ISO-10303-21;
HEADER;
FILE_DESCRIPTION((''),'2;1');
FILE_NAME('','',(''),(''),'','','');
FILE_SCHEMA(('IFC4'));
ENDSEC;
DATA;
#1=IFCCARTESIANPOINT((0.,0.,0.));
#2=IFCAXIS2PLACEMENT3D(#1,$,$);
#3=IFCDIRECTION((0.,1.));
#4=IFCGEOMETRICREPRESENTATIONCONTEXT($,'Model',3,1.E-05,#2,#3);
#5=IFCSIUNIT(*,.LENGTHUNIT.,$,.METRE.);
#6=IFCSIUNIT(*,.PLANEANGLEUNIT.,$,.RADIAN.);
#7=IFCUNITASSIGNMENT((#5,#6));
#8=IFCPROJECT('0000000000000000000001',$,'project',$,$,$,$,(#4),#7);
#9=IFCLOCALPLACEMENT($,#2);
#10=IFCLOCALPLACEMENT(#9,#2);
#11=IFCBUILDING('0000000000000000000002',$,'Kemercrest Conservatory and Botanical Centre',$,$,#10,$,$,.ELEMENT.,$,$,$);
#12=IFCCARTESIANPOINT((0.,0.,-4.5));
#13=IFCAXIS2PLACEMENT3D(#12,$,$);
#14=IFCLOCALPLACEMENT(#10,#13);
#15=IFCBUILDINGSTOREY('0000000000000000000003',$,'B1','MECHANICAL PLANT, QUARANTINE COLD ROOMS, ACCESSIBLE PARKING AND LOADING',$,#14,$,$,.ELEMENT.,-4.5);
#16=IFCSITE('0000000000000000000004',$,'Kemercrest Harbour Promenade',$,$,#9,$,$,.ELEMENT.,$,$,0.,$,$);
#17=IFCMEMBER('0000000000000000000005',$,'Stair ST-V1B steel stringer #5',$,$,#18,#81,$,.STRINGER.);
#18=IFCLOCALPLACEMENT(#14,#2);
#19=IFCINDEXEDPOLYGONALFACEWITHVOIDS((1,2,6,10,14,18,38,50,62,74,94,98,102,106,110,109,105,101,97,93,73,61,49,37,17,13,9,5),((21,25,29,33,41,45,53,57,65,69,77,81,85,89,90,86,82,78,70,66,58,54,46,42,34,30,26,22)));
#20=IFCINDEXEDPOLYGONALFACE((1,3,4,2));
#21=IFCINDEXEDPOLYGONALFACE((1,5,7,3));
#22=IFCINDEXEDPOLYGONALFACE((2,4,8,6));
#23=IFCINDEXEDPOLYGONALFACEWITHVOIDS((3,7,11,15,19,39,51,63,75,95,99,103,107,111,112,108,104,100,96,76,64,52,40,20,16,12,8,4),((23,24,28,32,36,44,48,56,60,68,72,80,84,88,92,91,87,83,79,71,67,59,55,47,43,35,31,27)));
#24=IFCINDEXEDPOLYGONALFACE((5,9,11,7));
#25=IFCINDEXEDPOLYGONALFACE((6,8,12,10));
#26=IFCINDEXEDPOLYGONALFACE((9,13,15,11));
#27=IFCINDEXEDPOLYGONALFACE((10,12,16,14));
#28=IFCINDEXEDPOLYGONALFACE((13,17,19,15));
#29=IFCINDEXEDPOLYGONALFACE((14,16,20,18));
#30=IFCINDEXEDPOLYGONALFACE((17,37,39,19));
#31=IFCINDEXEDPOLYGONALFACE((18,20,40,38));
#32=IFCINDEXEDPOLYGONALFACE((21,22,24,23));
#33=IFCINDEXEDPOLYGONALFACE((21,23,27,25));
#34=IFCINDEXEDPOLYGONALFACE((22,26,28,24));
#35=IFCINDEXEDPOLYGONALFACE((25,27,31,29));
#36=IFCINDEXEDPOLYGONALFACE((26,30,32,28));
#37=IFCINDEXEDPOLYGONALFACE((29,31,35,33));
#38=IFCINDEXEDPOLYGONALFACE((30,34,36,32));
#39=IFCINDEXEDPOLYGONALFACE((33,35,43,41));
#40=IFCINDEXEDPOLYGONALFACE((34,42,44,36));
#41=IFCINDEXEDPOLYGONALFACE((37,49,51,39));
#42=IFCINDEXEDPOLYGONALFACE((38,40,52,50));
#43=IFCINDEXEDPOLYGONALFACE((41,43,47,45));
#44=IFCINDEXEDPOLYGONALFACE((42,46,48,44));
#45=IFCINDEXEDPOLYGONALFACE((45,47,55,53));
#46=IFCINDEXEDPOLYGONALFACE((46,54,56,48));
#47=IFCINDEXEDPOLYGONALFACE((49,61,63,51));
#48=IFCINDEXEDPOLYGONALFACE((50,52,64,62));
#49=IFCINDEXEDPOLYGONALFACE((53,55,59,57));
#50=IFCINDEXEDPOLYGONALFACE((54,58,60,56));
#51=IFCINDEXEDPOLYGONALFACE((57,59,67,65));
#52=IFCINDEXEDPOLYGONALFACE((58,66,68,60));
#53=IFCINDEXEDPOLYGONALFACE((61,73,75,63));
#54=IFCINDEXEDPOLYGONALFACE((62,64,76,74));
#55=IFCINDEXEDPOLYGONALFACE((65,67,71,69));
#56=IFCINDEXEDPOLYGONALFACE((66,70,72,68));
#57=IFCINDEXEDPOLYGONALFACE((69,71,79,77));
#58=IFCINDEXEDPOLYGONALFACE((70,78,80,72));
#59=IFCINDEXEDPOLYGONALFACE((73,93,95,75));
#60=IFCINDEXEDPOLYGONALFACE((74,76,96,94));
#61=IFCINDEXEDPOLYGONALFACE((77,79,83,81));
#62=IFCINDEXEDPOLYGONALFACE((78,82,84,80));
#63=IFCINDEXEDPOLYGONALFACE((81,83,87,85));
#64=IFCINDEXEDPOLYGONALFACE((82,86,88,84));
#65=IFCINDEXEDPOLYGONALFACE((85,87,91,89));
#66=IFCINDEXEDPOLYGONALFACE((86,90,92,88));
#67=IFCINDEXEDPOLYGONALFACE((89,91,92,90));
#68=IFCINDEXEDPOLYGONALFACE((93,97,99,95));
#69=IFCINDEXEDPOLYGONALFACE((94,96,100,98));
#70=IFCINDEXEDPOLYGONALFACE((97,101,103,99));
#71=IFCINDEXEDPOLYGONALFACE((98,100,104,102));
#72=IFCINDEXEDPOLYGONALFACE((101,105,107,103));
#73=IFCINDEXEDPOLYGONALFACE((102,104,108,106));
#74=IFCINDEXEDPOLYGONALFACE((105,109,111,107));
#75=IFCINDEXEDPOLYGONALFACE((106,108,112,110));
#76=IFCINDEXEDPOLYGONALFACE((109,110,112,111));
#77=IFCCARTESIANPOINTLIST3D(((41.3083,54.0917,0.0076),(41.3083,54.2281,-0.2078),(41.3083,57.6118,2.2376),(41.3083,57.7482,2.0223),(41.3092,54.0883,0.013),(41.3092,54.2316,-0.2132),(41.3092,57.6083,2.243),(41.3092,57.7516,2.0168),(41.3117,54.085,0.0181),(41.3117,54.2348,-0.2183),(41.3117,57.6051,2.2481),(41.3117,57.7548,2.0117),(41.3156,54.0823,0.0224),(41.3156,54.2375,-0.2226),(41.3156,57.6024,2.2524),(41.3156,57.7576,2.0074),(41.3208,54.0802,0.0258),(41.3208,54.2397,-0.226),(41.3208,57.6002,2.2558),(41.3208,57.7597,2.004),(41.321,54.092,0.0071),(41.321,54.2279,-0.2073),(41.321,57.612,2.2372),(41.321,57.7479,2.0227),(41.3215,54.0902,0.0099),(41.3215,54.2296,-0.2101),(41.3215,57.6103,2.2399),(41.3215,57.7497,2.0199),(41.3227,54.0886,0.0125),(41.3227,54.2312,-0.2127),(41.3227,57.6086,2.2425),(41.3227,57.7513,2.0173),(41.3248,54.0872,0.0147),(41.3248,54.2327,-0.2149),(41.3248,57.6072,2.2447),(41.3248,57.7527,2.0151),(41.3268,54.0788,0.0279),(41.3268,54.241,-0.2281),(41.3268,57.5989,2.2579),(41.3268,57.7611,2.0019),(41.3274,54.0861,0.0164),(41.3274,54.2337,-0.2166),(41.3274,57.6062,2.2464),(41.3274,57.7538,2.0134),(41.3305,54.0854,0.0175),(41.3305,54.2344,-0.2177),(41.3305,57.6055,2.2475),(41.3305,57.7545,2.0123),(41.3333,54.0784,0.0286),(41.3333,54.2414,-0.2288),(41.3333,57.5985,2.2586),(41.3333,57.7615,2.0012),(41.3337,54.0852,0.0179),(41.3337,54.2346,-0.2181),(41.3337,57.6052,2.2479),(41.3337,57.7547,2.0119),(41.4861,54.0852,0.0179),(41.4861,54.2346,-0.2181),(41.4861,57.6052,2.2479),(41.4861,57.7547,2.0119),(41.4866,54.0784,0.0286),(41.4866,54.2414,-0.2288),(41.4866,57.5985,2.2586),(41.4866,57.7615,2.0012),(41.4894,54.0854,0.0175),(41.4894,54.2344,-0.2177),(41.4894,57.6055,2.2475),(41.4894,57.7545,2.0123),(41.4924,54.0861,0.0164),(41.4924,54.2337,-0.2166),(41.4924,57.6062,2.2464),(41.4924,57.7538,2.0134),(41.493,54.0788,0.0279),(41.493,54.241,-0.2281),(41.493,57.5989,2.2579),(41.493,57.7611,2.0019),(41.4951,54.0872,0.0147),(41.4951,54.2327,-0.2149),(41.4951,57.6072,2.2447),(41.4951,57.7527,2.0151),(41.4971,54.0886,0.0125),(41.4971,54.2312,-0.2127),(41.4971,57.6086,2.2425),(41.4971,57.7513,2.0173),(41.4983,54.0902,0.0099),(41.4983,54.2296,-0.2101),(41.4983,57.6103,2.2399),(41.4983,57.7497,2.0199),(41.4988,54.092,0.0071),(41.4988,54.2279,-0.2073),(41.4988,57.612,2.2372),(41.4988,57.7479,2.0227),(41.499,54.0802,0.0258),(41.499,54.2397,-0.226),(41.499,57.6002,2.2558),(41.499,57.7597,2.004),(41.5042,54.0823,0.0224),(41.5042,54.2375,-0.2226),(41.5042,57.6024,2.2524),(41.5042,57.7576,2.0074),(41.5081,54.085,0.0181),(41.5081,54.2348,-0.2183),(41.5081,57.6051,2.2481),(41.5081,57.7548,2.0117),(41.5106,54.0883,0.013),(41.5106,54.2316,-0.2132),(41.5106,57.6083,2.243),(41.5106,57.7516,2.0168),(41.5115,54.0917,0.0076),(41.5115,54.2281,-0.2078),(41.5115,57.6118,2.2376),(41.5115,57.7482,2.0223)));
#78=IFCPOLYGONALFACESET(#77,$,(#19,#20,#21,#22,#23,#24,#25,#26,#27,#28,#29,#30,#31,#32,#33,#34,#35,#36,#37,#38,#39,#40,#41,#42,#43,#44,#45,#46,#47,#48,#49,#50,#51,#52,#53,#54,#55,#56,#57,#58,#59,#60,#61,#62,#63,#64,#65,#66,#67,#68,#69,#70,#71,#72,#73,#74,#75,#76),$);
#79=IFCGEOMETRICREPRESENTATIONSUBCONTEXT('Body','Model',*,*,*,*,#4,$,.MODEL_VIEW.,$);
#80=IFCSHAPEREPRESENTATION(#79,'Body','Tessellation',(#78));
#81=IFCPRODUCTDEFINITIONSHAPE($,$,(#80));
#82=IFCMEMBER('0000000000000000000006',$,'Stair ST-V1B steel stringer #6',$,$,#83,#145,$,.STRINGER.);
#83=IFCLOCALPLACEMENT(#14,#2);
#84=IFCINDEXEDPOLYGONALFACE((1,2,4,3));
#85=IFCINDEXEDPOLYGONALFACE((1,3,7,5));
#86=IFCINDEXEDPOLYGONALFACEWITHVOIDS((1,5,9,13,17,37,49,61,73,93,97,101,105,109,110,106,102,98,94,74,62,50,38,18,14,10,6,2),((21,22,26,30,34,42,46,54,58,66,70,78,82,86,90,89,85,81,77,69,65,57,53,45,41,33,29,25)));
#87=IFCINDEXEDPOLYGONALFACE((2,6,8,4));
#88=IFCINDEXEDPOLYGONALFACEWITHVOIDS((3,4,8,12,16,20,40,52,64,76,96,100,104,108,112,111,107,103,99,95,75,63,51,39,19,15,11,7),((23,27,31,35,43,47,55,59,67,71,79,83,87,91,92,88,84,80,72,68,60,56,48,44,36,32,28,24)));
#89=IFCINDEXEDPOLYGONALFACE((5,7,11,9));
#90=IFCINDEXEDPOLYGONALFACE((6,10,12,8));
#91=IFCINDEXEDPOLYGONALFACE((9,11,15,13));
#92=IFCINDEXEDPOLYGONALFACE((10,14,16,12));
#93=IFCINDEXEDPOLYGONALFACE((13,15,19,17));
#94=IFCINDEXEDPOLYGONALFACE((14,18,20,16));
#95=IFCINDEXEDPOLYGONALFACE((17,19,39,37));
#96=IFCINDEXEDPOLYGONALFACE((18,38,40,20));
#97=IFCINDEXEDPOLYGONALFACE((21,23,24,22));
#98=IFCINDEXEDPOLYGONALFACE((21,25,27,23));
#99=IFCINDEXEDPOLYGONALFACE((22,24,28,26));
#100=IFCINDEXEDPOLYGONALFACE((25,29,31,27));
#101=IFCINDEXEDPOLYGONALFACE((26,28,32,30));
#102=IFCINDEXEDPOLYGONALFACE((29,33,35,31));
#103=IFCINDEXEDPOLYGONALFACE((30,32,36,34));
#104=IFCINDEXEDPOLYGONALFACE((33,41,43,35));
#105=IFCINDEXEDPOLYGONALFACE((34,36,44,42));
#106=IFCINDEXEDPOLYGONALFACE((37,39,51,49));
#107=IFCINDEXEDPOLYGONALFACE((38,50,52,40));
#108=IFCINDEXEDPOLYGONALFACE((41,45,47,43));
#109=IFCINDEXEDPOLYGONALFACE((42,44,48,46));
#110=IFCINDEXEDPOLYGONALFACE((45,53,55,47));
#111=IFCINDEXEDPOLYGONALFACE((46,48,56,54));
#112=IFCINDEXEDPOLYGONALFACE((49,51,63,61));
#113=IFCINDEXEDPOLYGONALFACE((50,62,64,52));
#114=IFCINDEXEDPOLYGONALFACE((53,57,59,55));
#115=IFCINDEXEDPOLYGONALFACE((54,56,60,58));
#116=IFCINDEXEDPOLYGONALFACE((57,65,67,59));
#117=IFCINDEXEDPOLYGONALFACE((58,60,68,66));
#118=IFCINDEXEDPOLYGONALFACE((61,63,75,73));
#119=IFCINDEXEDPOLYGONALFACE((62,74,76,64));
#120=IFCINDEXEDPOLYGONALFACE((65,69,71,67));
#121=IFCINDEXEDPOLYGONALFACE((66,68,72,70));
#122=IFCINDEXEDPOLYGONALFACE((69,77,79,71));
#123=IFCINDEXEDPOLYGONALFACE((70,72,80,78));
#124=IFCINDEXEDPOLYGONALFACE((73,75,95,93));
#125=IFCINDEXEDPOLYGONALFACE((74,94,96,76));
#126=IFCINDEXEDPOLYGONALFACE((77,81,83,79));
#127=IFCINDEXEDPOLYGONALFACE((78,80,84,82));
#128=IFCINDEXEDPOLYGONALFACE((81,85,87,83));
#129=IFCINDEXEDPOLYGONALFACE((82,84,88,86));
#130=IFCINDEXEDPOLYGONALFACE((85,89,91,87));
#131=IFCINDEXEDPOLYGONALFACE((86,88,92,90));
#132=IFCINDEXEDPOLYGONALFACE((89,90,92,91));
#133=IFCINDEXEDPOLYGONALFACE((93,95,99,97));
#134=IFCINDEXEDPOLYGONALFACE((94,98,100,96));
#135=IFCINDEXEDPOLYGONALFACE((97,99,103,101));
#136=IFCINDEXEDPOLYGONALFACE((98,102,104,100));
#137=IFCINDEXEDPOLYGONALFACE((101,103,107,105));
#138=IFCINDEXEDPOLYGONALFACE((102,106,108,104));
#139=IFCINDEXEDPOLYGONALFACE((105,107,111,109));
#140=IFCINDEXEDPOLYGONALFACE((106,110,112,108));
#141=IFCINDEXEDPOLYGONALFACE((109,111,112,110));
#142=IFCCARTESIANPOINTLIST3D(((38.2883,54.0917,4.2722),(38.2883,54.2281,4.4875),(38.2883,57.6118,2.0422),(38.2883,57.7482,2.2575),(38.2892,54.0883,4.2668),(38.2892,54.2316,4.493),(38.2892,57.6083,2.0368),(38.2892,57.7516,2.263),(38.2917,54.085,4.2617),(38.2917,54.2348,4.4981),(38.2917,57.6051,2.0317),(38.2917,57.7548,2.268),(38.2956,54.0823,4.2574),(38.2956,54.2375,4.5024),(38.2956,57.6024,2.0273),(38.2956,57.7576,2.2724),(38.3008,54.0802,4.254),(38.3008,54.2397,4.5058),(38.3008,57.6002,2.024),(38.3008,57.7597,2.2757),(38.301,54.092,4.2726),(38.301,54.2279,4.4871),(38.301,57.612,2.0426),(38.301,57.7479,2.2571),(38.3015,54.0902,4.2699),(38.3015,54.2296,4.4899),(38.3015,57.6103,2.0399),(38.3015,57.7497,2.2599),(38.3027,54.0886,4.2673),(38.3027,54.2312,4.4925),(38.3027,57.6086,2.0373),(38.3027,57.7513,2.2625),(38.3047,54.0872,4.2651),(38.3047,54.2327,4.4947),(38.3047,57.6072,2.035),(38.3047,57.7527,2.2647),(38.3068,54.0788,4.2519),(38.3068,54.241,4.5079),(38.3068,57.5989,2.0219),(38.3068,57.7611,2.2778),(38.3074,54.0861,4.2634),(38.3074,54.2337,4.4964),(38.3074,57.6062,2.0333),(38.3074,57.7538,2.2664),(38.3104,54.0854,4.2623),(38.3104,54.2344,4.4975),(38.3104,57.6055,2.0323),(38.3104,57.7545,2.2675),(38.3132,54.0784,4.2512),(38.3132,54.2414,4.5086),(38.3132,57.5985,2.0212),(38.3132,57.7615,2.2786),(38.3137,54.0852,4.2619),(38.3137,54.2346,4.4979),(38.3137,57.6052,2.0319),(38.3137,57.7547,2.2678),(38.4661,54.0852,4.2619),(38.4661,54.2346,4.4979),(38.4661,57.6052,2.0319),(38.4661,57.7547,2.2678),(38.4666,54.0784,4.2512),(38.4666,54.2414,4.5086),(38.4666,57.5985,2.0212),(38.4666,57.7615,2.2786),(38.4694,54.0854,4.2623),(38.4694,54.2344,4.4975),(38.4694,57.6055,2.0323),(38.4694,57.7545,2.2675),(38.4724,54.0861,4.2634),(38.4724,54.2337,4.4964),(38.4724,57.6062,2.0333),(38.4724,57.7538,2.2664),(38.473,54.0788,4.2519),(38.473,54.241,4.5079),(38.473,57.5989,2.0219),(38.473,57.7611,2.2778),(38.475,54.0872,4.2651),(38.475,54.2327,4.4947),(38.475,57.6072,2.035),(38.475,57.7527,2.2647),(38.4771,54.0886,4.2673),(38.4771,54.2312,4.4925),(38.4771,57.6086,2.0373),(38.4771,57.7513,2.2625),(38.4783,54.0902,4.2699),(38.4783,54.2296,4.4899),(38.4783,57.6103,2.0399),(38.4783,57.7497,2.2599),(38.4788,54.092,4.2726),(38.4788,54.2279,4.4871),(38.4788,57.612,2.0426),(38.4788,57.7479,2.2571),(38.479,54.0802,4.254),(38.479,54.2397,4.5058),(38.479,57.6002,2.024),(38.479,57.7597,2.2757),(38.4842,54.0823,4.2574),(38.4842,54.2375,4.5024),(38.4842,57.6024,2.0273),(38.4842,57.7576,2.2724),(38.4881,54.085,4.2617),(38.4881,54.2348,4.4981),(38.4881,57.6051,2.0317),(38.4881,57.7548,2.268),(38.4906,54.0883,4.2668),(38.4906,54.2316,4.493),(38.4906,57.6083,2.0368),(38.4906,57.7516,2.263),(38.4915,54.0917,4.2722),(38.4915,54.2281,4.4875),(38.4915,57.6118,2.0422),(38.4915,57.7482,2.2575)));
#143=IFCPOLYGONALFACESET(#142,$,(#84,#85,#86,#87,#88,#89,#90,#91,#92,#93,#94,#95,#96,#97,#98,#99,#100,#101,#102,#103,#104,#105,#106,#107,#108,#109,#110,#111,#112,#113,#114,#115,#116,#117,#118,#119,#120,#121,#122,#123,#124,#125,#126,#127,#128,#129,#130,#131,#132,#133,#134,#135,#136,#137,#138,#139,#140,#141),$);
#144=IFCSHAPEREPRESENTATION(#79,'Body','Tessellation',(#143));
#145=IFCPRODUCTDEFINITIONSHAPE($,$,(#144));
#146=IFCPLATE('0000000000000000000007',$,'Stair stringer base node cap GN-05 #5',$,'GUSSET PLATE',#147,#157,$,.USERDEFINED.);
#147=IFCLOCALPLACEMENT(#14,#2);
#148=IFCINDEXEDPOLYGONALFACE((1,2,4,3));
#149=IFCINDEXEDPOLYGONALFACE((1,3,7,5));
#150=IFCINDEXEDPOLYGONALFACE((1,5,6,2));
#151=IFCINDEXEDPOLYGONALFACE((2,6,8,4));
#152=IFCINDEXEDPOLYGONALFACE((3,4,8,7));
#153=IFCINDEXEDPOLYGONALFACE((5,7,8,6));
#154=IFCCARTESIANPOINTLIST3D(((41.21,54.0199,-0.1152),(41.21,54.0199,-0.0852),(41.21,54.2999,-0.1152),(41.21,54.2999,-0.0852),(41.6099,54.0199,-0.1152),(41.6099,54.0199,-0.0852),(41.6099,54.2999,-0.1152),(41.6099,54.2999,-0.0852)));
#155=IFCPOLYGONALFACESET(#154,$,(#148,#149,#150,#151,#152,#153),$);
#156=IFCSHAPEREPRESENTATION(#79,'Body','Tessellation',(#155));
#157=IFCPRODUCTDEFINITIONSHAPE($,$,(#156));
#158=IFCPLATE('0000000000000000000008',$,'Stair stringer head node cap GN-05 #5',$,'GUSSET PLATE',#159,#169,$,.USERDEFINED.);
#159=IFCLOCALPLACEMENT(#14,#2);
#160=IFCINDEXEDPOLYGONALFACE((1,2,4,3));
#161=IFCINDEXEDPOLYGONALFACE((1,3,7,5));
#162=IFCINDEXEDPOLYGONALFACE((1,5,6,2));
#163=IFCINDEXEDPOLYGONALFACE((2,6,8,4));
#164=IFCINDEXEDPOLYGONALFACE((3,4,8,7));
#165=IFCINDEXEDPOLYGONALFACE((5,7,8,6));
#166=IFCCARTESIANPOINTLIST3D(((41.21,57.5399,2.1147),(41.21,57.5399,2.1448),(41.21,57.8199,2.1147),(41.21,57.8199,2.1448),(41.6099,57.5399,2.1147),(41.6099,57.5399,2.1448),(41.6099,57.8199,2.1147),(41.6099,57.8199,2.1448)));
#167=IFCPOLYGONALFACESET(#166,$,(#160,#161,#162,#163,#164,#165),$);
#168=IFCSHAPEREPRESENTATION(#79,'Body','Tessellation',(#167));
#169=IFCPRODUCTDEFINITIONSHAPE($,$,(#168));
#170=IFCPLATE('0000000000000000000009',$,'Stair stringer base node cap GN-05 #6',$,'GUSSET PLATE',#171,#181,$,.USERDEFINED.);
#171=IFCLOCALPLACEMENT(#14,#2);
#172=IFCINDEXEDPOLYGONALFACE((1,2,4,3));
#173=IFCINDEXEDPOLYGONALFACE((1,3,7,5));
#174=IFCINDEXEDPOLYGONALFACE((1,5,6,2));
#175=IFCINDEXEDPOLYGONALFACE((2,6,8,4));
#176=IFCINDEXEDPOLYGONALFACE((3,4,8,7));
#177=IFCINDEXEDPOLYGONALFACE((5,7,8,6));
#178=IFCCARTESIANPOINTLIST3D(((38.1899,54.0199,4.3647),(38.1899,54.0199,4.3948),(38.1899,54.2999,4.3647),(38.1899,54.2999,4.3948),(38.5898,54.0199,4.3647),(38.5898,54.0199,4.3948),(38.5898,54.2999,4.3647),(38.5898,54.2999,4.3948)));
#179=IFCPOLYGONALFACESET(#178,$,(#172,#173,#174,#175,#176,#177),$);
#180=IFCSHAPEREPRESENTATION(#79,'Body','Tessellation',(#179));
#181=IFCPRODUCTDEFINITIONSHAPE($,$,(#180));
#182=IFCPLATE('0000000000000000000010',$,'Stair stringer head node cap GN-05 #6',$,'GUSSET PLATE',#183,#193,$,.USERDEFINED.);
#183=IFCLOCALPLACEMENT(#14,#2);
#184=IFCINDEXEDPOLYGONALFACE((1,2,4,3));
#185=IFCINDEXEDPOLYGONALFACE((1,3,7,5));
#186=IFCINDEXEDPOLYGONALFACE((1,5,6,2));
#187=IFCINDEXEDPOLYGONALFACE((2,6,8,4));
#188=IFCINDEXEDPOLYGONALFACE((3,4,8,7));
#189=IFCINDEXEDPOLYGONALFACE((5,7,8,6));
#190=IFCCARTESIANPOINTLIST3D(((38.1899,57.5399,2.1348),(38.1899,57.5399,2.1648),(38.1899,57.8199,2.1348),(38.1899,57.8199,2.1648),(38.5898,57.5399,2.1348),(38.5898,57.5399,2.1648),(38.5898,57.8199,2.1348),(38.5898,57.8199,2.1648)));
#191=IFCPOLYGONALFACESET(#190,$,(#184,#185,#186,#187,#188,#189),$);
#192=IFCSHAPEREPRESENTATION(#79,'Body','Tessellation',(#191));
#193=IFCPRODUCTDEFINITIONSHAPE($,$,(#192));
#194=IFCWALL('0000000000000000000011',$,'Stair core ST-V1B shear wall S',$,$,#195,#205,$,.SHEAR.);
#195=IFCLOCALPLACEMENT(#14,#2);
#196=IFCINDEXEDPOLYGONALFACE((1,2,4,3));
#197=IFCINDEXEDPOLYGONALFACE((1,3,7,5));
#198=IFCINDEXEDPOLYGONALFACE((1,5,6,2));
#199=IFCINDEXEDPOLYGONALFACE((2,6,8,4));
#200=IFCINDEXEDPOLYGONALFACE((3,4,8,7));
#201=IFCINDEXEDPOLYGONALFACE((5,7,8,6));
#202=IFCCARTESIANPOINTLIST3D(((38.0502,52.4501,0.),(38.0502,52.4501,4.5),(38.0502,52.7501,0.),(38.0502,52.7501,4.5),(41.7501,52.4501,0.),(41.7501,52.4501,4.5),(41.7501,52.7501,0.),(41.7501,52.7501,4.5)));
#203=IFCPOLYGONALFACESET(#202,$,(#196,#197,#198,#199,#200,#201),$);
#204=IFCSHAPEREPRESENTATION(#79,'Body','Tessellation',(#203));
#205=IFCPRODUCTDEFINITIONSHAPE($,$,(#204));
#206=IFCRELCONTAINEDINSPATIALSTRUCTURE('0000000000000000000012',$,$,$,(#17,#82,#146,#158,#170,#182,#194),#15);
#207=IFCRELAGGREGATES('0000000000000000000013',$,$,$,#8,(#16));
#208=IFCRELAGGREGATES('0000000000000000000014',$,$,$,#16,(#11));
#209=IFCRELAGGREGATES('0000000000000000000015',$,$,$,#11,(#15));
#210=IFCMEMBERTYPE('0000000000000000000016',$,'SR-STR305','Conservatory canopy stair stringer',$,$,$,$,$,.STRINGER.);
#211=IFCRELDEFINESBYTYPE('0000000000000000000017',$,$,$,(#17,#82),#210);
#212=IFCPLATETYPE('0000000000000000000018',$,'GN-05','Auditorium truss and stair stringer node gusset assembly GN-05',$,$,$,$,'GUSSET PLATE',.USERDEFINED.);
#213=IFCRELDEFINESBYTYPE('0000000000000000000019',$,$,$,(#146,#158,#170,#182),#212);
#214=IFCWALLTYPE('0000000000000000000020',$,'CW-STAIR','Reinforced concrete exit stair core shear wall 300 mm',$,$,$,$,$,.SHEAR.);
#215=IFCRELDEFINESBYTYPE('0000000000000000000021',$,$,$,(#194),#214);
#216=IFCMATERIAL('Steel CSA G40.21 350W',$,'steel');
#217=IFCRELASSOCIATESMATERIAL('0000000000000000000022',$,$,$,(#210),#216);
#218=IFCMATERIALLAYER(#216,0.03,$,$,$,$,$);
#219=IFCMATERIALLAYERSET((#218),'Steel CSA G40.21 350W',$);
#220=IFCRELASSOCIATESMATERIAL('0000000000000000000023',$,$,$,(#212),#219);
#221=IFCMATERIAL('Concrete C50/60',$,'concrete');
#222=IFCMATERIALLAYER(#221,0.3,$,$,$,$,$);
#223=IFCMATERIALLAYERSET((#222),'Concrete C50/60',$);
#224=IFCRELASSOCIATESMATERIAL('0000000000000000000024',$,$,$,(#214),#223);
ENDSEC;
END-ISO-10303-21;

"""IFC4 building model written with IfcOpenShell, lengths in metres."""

from ifc_helpers import new_model, si_unit, direction, frame, frame_2d, origin, origin_2d, place, context, subcontext, project, spatial, rectangle, hollow_rectangle, extrude, material, layer, layer_set, material_profile, profile_set, type_object, element, save


model = new_model("IFC4")

# Units and contexts
model_context = context("Model", 3, precision=1e-05, world=origin(), true_north=direction((0.0, 1.0)))
body_context = subcontext(model_context, "Body", "Model", "MODEL_VIEW")
ifc_project = project(units=[si_unit("LENGTHUNIT", "METRE"), si_unit("PLANEANGLEUNIT", "RADIAN")], contexts=[model_context])

# Site, building, storey
site_placement = place(None, origin())
site = spatial("IfcSite", under=ifc_project, at=site_placement, Name="Kemercrest Harbour Promenade", CompositionType="ELEMENT", RefElevation=0.0)
building_placement = place(site_placement, origin())
building = spatial("IfcBuilding", under=site, at=building_placement, Name="Kemercrest Conservatory and Botanical Centre", CompositionType="ELEMENT")
storey_placement = place(building_placement, frame((0.0, 0.0, -4.5)))
storey = spatial("IfcBuildingStorey", under=building, at=storey_placement, Name="B1", Description="MECHANICAL PLANT, QUARANTINE COLD ROOMS, ACCESSIBLE PARKING AND LOADING", CompositionType="ELEMENT", Elevation=-4.5)

# Shared definitions
ifc_material_1 = material(Name="Concrete C50/60", Category="concrete")

# Members
ifc_material_2 = material(Name="Steel CSA G40.21 350W", Category="steel")
ifc_material_profile_1 = material_profile(ifc_material_2, hollow_rectangle(XDim=0.2031, YDim=0.3047, WallThickness=0.0127, InnerFilletRadius=0.0127, OuterFilletRadius=0.0249, at=origin_2d()), Name="HSS 305x203x12.7")
ifc_profile_set_1 = profile_set([ifc_material_profile_1], Name="Steel CSA G40.21 350W")
member_type = type_object("IfcMemberType", Name="SR-STR305", Description="Conservatory canopy stair stringer", PredefinedType="STRINGER", material=ifc_profile_set_1)
for number, where, z_axis, x_axis, name in (
    (1, (41.4099, 54.1599, -0.1001), (0.0, 0.84475, 0.535161), (-1.0, 0.0, 0.0), "Stair ST-V1B steel stringer #5"),
    (2, (38.3899, 54.1599, 4.3799), (0.0, 0.84475, -0.535161), (-1.0, 0.0, 0.0), "Stair ST-V1B steel stringer #6"),
):
    element("IfcMember", number, at=place(storey_placement, frame(where, z_axis=z_axis, x_axis=x_axis)), inside=storey, type_object=member_type, Name=name, PredefinedType="STRINGER", context=body_context, shape_type="SweptSolid", body=[
        extrude(hollow_rectangle(XDim=0.2031, YDim=0.3047, WallThickness=0.0127, InnerFilletRadius=0.0127, OuterFilletRadius=0.0249, at=origin_2d()), origin(), (0.0, 0.0, 1.0), 4.167),
    ])

# Plates
ifc_layer_1 = layer(ifc_material_2, 0.03)
ifc_layer_set_1 = layer_set([ifc_layer_1], Name="Steel CSA G40.21 350W")
plate_type = type_object("IfcPlateType", Name="GN-05", Description="Auditorium truss and stair stringer node gusset assembly GN-05", ElementType="GUSSET PLATE", PredefinedType="USERDEFINED", material=ifc_layer_set_1)
for number, where, z_axis, x_axis, name in (
    (3, (41.4099, 54.1599, -0.1152), (0.0, 0.0, 1.0), (1.0, 0.0, 0.0), "Stair stringer base node cap GN-05 #5"),
    (4, (41.4099, 57.6799, 2.1147), (0.0, 0.0, 1.0), (1.0, 0.0, 0.0), "Stair stringer head node cap GN-05 #5"),
    (5, (38.3899, 54.1599, 4.3647), (0.0, 0.0, 1.0), (1.0, 0.0, 0.0), "Stair stringer base node cap GN-05 #6"),
    (6, (38.3899, 57.6799, 2.1348), (0.0, 0.0, 1.0), (1.0, 0.0, 0.0), "Stair stringer head node cap GN-05 #6"),
):
    element("IfcPlate", number, at=place(storey_placement, frame(where, z_axis=z_axis, x_axis=x_axis)), inside=storey, type_object=plate_type, Name=name, ObjectType="GUSSET PLATE", PredefinedType="USERDEFINED", context=body_context, shape_type="SweptSolid", body=[
        extrude(rectangle(XDim=0.3999, YDim=0.28, at=origin_2d()), origin(), (0.0, 0.0, 1.0), 0.03),
    ])

# Wall
ifc_layer_2 = layer(ifc_material_1, 0.3)
ifc_layer_set_2 = layer_set([ifc_layer_2], Name="Concrete C50/60")
wall_type_1 = type_object("IfcWallType", Name="CW-STAIR", Description="Reinforced concrete exit stair core shear wall 300 mm", PredefinedType="SHEAR", material=ifc_layer_set_2)
wall_1_placement = place(storey_placement, frame((38.05, 52.6001, 0.0), z_axis=(0.0, 0.0, 1.0), x_axis=(1.0, 0.0, 0.0)))
element("IfcWall", 7, at=wall_1_placement, inside=storey, type_object=wall_type_1, Name="Stair core ST-V1B shear wall S", PredefinedType="SHEAR", context=body_context, shape_type="SweptSolid", body=[
    extrude(rectangle(XDim=3.7, YDim=0.3, at=frame_2d((1.8501, 0.0))), origin(), (0.0, 0.0, 1.0), 4.5),
])

save(model, "model.ifc")
